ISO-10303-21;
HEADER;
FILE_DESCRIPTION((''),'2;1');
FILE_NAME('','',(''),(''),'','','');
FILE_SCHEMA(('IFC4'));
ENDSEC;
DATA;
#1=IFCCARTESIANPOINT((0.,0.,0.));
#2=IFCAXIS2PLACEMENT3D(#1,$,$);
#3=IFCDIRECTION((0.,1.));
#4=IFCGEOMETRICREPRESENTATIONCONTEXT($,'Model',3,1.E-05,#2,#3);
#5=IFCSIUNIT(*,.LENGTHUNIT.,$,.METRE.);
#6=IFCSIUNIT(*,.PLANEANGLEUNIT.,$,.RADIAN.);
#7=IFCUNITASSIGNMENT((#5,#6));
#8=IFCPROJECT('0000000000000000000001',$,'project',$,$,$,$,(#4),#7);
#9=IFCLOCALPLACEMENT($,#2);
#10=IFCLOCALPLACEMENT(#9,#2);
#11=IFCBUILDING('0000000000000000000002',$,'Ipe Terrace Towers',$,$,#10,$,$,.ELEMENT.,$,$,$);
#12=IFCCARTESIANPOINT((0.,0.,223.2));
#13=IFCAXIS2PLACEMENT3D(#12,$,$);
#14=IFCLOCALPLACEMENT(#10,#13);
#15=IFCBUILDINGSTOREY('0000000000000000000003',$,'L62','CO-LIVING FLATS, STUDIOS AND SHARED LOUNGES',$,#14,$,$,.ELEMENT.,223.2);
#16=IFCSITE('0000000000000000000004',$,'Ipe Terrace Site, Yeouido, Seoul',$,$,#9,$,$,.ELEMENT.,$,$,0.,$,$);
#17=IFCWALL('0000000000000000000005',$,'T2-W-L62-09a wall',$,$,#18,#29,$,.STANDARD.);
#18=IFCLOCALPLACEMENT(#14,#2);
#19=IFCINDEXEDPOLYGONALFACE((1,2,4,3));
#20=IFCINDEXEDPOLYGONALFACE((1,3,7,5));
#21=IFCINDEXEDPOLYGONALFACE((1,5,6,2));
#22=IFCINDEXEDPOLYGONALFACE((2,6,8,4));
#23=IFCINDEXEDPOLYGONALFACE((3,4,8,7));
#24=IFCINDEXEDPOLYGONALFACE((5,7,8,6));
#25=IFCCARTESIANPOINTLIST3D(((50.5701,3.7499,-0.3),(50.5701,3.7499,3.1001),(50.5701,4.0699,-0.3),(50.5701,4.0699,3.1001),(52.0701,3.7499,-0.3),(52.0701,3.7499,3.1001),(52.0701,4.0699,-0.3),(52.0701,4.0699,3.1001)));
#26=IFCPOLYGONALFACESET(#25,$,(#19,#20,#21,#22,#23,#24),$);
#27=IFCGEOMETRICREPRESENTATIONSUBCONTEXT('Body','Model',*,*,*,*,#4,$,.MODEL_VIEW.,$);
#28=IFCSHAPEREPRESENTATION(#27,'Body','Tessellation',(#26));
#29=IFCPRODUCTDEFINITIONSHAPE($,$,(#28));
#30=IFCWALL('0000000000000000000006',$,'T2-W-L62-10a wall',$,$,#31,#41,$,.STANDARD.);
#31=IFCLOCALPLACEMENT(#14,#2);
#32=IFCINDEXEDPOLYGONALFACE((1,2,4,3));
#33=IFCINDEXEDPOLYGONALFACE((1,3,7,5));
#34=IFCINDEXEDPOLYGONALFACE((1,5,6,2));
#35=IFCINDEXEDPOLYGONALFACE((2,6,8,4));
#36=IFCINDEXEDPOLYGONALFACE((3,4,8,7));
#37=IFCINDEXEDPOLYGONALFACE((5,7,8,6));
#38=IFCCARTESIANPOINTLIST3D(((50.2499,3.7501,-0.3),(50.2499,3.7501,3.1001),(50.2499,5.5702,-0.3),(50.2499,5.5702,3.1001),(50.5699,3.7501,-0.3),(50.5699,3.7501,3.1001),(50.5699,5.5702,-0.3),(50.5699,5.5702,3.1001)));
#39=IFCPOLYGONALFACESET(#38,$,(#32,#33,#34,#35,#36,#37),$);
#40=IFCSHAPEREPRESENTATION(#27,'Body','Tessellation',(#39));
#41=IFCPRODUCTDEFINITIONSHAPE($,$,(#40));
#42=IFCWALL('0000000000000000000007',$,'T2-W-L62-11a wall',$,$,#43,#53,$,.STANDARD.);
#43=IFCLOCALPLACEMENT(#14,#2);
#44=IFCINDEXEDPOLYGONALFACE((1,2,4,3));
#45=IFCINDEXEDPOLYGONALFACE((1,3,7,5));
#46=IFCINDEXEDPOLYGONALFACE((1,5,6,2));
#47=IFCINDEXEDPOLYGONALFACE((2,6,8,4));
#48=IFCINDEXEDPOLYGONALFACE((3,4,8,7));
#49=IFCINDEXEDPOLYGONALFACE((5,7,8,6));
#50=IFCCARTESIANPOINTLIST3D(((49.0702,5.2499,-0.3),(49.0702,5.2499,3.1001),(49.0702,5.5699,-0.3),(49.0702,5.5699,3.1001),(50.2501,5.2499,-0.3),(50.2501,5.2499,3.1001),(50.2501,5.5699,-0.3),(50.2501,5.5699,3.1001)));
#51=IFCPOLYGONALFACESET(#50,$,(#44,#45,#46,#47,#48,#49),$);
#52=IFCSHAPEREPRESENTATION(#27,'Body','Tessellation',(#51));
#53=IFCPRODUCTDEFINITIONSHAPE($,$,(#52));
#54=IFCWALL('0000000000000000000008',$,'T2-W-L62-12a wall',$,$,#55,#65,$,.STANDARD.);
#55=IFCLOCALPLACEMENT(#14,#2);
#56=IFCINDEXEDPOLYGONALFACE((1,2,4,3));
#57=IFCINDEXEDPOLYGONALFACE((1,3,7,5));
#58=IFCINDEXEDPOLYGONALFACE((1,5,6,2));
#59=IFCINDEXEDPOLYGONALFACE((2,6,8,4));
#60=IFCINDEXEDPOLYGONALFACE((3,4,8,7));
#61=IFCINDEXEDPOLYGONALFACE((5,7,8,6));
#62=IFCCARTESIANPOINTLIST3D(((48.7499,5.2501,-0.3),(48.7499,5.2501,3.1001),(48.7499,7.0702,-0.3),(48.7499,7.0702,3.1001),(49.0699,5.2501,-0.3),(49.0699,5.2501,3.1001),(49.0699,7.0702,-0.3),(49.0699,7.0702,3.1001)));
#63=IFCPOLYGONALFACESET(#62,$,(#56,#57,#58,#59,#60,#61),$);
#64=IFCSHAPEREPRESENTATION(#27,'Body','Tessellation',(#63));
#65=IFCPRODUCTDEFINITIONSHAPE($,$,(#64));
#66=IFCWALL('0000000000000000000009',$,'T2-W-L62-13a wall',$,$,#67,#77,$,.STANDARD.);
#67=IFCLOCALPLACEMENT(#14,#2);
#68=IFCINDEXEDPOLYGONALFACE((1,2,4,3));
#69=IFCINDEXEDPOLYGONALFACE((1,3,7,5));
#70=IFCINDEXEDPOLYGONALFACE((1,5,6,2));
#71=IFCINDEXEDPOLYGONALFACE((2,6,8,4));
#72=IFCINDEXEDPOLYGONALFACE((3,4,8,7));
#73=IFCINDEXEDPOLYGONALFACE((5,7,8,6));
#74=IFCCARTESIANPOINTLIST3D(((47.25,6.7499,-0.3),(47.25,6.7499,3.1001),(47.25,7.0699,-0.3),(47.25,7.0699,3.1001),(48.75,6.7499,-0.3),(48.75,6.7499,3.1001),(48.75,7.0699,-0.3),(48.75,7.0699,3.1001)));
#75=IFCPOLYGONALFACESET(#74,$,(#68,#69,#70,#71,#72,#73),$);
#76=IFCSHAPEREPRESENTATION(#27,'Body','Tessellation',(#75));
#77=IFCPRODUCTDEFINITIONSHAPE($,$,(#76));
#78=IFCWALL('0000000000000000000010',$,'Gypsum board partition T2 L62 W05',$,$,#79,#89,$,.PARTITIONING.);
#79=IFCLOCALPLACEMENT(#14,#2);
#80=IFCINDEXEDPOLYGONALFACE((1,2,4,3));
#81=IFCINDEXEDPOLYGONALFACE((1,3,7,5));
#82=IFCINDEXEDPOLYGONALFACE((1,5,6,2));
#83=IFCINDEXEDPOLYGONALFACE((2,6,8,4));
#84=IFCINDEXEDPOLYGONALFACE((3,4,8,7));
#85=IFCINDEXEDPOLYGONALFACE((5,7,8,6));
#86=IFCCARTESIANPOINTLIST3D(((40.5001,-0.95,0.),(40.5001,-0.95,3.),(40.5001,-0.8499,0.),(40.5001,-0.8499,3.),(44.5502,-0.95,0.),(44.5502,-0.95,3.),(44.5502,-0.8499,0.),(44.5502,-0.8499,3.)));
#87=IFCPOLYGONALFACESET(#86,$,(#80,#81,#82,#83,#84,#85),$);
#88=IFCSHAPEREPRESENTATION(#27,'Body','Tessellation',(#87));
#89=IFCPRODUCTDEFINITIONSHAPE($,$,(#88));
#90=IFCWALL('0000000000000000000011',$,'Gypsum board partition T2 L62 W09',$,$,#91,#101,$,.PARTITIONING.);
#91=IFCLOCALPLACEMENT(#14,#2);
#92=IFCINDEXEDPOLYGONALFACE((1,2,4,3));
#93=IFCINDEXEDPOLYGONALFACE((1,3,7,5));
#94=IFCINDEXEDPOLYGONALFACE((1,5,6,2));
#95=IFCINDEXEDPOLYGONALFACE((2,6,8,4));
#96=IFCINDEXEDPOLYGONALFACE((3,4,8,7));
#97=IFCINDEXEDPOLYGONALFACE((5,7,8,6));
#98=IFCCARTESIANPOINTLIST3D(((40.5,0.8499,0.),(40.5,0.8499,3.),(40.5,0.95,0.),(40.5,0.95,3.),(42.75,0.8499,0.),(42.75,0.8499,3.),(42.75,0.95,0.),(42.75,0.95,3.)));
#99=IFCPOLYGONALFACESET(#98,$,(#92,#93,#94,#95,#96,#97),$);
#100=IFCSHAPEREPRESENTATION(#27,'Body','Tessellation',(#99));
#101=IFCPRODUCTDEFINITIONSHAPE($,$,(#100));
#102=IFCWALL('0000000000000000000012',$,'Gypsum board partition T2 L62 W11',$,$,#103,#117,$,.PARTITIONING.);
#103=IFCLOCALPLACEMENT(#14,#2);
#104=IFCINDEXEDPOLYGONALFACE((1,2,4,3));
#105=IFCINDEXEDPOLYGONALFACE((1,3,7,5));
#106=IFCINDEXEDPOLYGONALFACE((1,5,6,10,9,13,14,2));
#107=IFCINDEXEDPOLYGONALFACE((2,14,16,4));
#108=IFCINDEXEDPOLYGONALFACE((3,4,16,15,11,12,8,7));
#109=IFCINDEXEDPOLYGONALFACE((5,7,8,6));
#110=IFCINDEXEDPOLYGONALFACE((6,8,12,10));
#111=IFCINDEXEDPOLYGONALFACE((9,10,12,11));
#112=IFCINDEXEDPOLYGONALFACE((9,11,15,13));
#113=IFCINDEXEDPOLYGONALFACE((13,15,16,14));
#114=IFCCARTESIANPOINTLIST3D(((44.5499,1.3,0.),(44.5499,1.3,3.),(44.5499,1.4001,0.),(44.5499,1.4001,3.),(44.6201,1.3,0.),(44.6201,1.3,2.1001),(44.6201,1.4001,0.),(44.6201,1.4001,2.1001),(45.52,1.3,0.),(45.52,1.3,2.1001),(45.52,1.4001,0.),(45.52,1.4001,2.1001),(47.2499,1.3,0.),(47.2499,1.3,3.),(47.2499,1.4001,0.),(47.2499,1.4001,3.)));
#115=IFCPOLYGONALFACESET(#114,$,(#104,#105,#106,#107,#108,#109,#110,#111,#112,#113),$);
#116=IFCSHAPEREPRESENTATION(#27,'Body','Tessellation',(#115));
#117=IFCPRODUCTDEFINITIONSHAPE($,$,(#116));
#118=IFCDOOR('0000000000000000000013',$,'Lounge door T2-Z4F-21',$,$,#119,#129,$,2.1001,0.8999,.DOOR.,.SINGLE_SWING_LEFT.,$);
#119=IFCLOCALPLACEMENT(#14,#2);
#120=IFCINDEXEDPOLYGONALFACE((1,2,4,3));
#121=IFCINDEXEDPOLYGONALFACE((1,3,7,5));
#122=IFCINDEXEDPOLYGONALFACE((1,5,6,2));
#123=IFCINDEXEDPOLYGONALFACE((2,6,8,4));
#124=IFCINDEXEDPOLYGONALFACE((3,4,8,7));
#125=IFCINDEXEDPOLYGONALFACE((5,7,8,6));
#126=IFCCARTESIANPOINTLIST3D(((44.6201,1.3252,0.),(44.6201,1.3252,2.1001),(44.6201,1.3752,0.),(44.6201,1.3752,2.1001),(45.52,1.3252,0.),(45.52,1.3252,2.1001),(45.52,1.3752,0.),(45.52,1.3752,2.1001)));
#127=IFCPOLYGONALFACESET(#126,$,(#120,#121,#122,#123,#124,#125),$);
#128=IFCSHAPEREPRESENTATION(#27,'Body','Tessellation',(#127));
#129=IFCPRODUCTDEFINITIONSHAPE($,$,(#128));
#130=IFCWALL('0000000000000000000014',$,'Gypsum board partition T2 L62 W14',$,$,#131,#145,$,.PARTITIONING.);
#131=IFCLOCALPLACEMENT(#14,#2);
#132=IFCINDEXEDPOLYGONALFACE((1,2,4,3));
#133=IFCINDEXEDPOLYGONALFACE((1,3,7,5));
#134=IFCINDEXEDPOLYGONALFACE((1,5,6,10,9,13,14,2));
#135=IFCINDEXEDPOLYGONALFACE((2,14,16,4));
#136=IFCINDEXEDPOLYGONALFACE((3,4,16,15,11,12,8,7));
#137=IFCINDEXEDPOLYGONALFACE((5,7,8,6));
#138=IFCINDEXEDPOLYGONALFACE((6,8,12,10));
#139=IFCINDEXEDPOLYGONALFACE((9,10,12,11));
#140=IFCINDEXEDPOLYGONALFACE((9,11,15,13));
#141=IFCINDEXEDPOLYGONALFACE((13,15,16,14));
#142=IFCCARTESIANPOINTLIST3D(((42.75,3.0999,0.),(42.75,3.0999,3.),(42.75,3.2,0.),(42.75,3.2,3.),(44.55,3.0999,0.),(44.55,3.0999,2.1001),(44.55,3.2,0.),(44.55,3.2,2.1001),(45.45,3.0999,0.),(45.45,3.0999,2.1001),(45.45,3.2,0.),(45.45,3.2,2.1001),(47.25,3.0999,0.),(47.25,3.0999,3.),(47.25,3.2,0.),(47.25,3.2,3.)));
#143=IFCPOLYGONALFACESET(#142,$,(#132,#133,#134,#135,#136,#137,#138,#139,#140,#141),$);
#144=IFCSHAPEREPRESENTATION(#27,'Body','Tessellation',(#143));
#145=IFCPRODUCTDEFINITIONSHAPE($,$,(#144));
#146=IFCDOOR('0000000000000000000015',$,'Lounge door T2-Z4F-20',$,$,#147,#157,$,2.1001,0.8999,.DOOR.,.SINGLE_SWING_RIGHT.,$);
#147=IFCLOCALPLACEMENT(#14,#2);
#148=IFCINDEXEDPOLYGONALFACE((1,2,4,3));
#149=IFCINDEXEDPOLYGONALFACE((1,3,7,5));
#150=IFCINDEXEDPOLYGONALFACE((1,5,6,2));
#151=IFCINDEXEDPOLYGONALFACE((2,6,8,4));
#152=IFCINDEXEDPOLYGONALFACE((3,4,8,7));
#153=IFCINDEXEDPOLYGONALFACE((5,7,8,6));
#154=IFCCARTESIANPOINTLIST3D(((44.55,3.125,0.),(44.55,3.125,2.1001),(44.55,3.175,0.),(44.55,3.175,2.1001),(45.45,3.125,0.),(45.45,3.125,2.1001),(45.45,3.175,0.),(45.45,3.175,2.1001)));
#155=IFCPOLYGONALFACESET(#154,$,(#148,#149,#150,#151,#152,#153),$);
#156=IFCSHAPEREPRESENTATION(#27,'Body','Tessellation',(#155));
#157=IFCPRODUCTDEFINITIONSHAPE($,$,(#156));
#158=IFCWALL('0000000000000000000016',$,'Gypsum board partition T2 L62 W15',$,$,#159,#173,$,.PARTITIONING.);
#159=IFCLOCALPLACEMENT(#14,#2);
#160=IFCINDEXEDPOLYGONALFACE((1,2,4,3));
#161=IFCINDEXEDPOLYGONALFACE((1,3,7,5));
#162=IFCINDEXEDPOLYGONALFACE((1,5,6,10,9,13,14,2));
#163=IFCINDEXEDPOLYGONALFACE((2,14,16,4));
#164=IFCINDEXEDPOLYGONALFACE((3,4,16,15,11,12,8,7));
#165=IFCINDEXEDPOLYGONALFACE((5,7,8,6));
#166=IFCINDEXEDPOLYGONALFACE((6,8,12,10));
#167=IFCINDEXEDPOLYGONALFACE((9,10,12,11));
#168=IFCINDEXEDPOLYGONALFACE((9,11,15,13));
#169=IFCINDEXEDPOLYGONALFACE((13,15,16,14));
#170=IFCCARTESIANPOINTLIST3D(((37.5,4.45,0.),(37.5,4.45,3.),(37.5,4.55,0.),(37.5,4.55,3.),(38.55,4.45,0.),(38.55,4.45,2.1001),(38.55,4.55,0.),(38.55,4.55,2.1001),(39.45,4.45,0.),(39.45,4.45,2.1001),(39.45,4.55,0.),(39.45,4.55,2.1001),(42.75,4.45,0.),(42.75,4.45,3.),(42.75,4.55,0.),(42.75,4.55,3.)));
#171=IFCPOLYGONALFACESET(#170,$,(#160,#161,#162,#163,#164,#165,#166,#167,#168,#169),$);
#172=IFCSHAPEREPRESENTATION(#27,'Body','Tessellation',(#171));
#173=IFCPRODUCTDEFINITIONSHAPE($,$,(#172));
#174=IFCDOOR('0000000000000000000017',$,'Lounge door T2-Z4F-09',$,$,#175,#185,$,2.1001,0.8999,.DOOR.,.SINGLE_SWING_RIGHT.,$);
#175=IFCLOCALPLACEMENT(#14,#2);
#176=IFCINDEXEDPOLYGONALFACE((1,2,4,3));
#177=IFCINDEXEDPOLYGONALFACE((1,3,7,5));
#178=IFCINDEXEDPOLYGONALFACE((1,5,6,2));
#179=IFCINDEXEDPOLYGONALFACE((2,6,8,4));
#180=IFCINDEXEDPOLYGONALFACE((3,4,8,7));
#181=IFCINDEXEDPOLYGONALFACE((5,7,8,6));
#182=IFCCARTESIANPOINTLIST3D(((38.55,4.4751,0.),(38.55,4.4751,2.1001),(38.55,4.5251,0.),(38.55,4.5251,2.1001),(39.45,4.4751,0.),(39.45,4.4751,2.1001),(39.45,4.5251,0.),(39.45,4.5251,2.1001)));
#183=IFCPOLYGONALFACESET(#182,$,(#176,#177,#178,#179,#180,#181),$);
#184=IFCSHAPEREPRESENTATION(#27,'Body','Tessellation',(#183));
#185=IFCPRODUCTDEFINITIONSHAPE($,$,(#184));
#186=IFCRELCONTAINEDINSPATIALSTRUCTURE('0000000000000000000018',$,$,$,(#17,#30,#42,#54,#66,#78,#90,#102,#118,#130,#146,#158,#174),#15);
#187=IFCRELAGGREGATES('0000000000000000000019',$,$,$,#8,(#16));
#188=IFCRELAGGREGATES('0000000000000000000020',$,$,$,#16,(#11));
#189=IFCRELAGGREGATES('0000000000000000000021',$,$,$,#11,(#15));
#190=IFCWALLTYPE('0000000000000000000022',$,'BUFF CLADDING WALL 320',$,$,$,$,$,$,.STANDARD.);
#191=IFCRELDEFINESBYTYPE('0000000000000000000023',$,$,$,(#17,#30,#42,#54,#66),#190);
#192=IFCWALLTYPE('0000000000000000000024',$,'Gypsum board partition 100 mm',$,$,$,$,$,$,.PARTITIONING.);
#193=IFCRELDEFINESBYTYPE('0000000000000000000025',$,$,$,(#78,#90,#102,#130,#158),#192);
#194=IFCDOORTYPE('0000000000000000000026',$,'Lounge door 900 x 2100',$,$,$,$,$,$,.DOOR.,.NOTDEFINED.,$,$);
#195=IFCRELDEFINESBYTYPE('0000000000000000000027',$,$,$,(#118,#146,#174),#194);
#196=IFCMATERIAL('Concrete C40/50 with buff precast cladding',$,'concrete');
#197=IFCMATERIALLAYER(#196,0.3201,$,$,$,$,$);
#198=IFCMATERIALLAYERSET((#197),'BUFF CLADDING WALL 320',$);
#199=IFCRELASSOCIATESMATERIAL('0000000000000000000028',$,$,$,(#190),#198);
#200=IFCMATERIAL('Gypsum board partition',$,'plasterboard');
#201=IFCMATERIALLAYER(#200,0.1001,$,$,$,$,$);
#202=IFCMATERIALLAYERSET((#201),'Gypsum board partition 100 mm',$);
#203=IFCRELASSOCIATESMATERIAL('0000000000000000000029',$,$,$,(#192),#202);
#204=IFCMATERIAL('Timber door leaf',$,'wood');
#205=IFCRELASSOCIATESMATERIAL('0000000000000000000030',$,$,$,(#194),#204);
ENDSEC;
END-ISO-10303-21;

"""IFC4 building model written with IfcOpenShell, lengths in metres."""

from ifc_helpers import new_model, si_unit, direction, frame, frame_2d, origin, place, context, subcontext, project, spatial, rectangle, extrude, material, layer, layer_set, type_object, element, fill, save


model = new_model("IFC4")

# Units and contexts
model_context = context("Model", 3, precision=1e-05, world=origin(), true_north=direction((0.0, 1.0)))
body_context = subcontext(model_context, "Body", "Model", "MODEL_VIEW")
ifc_project = project(units=[si_unit("LENGTHUNIT", "METRE"), si_unit("PLANEANGLEUNIT", "RADIAN")], contexts=[model_context])

# Site, building, storey
site_placement = place(None, origin())
site = spatial("IfcSite", under=ifc_project, at=site_placement, Name="Ipe Terrace Site, Yeouido, Seoul", CompositionType="ELEMENT", RefElevation=0.0)
building_placement = place(site_placement, origin())
building = spatial("IfcBuilding", under=site, at=building_placement, Name="Ipe Terrace Towers", CompositionType="ELEMENT")
storey_placement = place(building_placement, frame((0.0, 0.0, 223.2)))
storey = spatial("IfcBuildingStorey", under=building, at=storey_placement, Name="L62", Description="CO-LIVING FLATS, STUDIOS AND SHARED LOUNGES", CompositionType="ELEMENT", Elevation=223.2)

# Walls
ifc_material_1 = material(Name="Concrete C40/50 with buff precast cladding", Category="concrete")
ifc_layer_1 = layer(ifc_material_1, 0.3201)
ifc_layer_set_1 = layer_set([ifc_layer_1], Name="BUFF CLADDING WALL 320")
wall_type_1 = type_object("IfcWallType", Name="BUFF CLADDING WALL 320", PredefinedType="STANDARD", material=ifc_layer_set_1)
wall_1_placement = place(storey_placement, frame((52.0701, 3.9099, -0.3), z_axis=(0.0, 0.0, 1.0), x_axis=(-1.0, 0.0, 0.0)))
element("IfcWall", 1, at=wall_1_placement, inside=storey, type_object=wall_type_1, Name="T2-W-L62-09a wall", PredefinedType="STANDARD", context=body_context, shape_type="SweptSolid", body=[
    extrude(rectangle(XDim=1.5, YDim=0.3201, at=frame_2d((0.75, 0.0))), origin(), (0.0, 0.0, 1.0), 3.4001),
])
wall_2_placement = place(storey_placement, frame((50.4099, 3.75, -0.3), z_axis=(0.0, 0.0, 1.0), x_axis=(0.0, 1.0, 0.0)))
element("IfcWall", 2, at=wall_2_placement, inside=storey, type_object=wall_type_1, Name="T2-W-L62-10a wall", PredefinedType="STANDARD", context=body_context, shape_type="SweptSolid", body=[
    extrude(rectangle(XDim=1.8201, YDim=0.3201, at=frame_2d((0.9102, 0.0))), origin(), (0.0, 0.0, 1.0), 3.4001),
])
wall_3_placement = place(storey_placement, frame((50.25, 5.4099, -0.3), z_axis=(0.0, 0.0, 1.0), x_axis=(-1.0, 0.0, 0.0)))
element("IfcWall", 3, at=wall_3_placement, inside=storey, type_object=wall_type_1, Name="T2-W-L62-11a wall", PredefinedType="STANDARD", context=body_context, shape_type="SweptSolid", body=[
    extrude(rectangle(XDim=1.1799, YDim=0.3201, at=frame_2d((0.5898, 0.0))), origin(), (0.0, 0.0, 1.0), 3.4001),
])
wall_4_placement = place(storey_placement, frame((48.9099, 5.25, -0.3), z_axis=(0.0, 0.0, 1.0), x_axis=(0.0, 1.0, 0.0)))
element("IfcWall", 4, at=wall_4_placement, inside=storey, type_object=wall_type_1, Name="T2-W-L62-12a wall", PredefinedType="STANDARD", context=body_context, shape_type="SweptSolid", body=[
    extrude(rectangle(XDim=1.8201, YDim=0.3201, at=frame_2d((0.9102, 0.0))), origin(), (0.0, 0.0, 1.0), 3.4001),
])
wall_5_placement = place(storey_placement, frame((48.75, 6.9099, -0.3), z_axis=(0.0, 0.0, 1.0), x_axis=(-1.0, 0.0, 0.0)))
element("IfcWall", 5, at=wall_5_placement, inside=storey, type_object=wall_type_1, Name="T2-W-L62-13a wall", PredefinedType="STANDARD", context=body_context, shape_type="SweptSolid", body=[
    extrude(rectangle(XDim=1.5, YDim=0.3201, at=frame_2d((0.75, 0.0))), origin(), (0.0, 0.0, 1.0), 3.4001),
])
ifc_material_2 = material(Name="Gypsum board partition", Category="plasterboard")
ifc_layer_2 = layer(ifc_material_2, 0.1001)
ifc_layer_set_2 = layer_set([ifc_layer_2], Name="Gypsum board partition 100 mm")
wall_type_2 = type_object("IfcWallType", Name="Gypsum board partition 100 mm", PredefinedType="PARTITIONING", material=ifc_layer_set_2)
wall_6_placement = place(storey_placement, frame((44.55, -0.8999, 0.0), z_axis=(0.0, 0.0, 1.0), x_axis=(-1.0, 0.0, 0.0)))
element("IfcWall", 6, at=wall_6_placement, inside=storey, type_object=wall_type_2, Name="Gypsum board partition T2 L62 W05", PredefinedType="PARTITIONING", context=body_context, shape_type="SweptSolid", body=[
    extrude(rectangle(XDim=4.05, YDim=0.1001, at=frame_2d((2.0249, 0.0))), origin(), (0.0, 0.0, 1.0), 3.0),
])
wall_7_placement = place(storey_placement, frame((42.75, 0.8999, 0.0), z_axis=(0.0, 0.0, 1.0), x_axis=(-1.0, 0.0, 0.0)))
element("IfcWall", 7, at=wall_7_placement, inside=storey, type_object=wall_type_2, Name="Gypsum board partition T2 L62 W09", PredefinedType="PARTITIONING", context=body_context, shape_type="SweptSolid", body=[
    extrude(rectangle(XDim=2.25, YDim=0.1001, at=frame_2d((1.125, 0.0))), origin(), (0.0, 0.0, 1.0), 3.0),
])

# Walls, openings, doors
wall_8_placement = place(storey_placement, frame((47.25, 1.3501, 0.0), z_axis=(0.0, 0.0, 1.0), x_axis=(-1.0, 0.0, 0.0)))
wall_8 = element("IfcWall", 8, at=wall_8_placement, inside=storey, type_object=wall_type_2, Name="Gypsum board partition T2 L62 W11", PredefinedType="PARTITIONING", context=body_context, shape_type="SweptSolid", body=[
    extrude(rectangle(XDim=2.7, YDim=0.1001, at=frame_2d((1.3501, 0.0))), origin(), (0.0, 0.0, 1.0), 3.0),
])
opening_1_placement = place(wall_8_placement, frame((1.73, 0.0, 0.0)))
opening_1 = element("IfcOpeningElement", 9, at=opening_1_placement, cuts=wall_8, PredefinedType="OPENING", context=body_context, shape_type="SweptSolid", body=[
    extrude(rectangle(XDim=0.8999, YDim=2.1001, at=frame_2d((0.45, 1.05))), frame((0.0, 0.0601, 0.0), z_axis=(0.0, -1.0, 0.0), x_axis=(1.0, 0.0, 0.0)), (0.0, 0.0, 1.0), 0.1201),
])
ifc_material_3 = material(Name="Timber door leaf", Category="wood")
door_type = type_object("IfcDoorType", Name="Lounge door 900 x 2100", OperationType="NOTDEFINED", PredefinedType="DOOR", material=ifc_material_3)
door_1_placement = place(opening_1_placement, origin())
door_1 = element("IfcDoor", 10, at=door_1_placement, inside=storey, type_object=door_type, Name="Lounge door T2-Z4F-21", OperationType="SINGLE_SWING_LEFT", OverallHeight=2.1001, OverallWidth=0.8999, PredefinedType="DOOR", context=body_context, shape_type="SweptSolid", body=[
    extrude(rectangle(XDim=0.8999, YDim=2.1001, at=frame_2d((0.45, 1.05))), frame((0.0, 0.0249, 0.0), z_axis=(0.0, -1.0, 0.0), x_axis=(1.0, 0.0, 0.0)), (0.0, 0.0, 1.0), 0.05),
])
fill(opening_1, door_1)
wall_9_placement = place(storey_placement, frame((47.25, 3.1499, 0.0), z_axis=(0.0, 0.0, 1.0), x_axis=(-1.0, 0.0, 0.0)))
wall_9 = element("IfcWall", 11, at=wall_9_placement, inside=storey, type_object=wall_type_2, Name="Gypsum board partition T2 L62 W14", PredefinedType="PARTITIONING", context=body_context, shape_type="SweptSolid", body=[
    extrude(rectangle(XDim=4.5, YDim=0.1001, at=frame_2d((2.25, 0.0))), origin(), (0.0, 0.0, 1.0), 3.0),
])
opening_2_placement = place(wall_9_placement, frame((1.8, 0.0, 0.0)))
opening_2 = element("IfcOpeningElement", 12, at=opening_2_placement, cuts=wall_9, PredefinedType="OPENING", context=body_context, shape_type="SweptSolid", body=[
    extrude(rectangle(XDim=0.8999, YDim=2.1001, at=frame_2d((0.45, 1.05))), frame((0.0, 0.0601, 0.0), z_axis=(0.0, -1.0, 0.0), x_axis=(1.0, 0.0, 0.0)), (0.0, 0.0, 1.0), 0.1201),
])
door_2_placement = place(opening_2_placement, origin())
door_2 = element("IfcDoor", 13, at=door_2_placement, inside=storey, type_object=door_type, Name="Lounge door T2-Z4F-20", OperationType="SINGLE_SWING_RIGHT", OverallHeight=2.1001, OverallWidth=0.8999, PredefinedType="DOOR", context=body_context, shape_type="SweptSolid", body=[
    extrude(rectangle(XDim=0.8999, YDim=2.1001, at=frame_2d((0.45, 1.05))), frame((0.0, 0.0249, 0.0), z_axis=(0.0, -1.0, 0.0), x_axis=(1.0, 0.0, 0.0)), (0.0, 0.0, 1.0), 0.05),
])
fill(opening_2, door_2)
wall_10_placement = place(storey_placement, frame((42.75, 4.5, 0.0), z_axis=(0.0, 0.0, 1.0), x_axis=(-1.0, 0.0, 0.0)))
wall_10 = element("IfcWall", 14, at=wall_10_placement, inside=storey, type_object=wall_type_2, Name="Gypsum board partition T2 L62 W15", PredefinedType="PARTITIONING", context=body_context, shape_type="SweptSolid", body=[
    extrude(rectangle(XDim=5.25, YDim=0.1001, at=frame_2d((2.625, 0.0))), origin(), (0.0, 0.0, 1.0), 3.0),
])
opening_3_placement = place(wall_10_placement, frame((3.3, 0.0, 0.0)))
opening_3 = element("IfcOpeningElement", 15, at=opening_3_placement, cuts=wall_10, PredefinedType="OPENING", context=body_context, shape_type="SweptSolid", body=[
    extrude(rectangle(XDim=0.8999, YDim=2.1001, at=frame_2d((0.45, 1.05))), frame((0.0, 0.0601, 0.0), z_axis=(0.0, -1.0, 0.0), x_axis=(1.0, 0.0, 0.0)), (0.0, 0.0, 1.0), 0.1201),
])
door_3_placement = place(opening_3_placement, origin())
door_3 = element("IfcDoor", 16, at=door_3_placement, inside=storey, type_object=door_type, Name="Lounge door T2-Z4F-09", OperationType="SINGLE_SWING_RIGHT", OverallHeight=2.1001, OverallWidth=0.8999, PredefinedType="DOOR", context=body_context, shape_type="SweptSolid", body=[
    extrude(rectangle(XDim=0.8999, YDim=2.1001, at=frame_2d((0.45, 1.05))), frame((0.0, 0.0249, 0.0), z_axis=(0.0, -1.0, 0.0), x_axis=(1.0, 0.0, 0.0)), (0.0, 0.0, 1.0), 0.05),
])
fill(opening_3, door_3)

save(model, "model.ifc")
